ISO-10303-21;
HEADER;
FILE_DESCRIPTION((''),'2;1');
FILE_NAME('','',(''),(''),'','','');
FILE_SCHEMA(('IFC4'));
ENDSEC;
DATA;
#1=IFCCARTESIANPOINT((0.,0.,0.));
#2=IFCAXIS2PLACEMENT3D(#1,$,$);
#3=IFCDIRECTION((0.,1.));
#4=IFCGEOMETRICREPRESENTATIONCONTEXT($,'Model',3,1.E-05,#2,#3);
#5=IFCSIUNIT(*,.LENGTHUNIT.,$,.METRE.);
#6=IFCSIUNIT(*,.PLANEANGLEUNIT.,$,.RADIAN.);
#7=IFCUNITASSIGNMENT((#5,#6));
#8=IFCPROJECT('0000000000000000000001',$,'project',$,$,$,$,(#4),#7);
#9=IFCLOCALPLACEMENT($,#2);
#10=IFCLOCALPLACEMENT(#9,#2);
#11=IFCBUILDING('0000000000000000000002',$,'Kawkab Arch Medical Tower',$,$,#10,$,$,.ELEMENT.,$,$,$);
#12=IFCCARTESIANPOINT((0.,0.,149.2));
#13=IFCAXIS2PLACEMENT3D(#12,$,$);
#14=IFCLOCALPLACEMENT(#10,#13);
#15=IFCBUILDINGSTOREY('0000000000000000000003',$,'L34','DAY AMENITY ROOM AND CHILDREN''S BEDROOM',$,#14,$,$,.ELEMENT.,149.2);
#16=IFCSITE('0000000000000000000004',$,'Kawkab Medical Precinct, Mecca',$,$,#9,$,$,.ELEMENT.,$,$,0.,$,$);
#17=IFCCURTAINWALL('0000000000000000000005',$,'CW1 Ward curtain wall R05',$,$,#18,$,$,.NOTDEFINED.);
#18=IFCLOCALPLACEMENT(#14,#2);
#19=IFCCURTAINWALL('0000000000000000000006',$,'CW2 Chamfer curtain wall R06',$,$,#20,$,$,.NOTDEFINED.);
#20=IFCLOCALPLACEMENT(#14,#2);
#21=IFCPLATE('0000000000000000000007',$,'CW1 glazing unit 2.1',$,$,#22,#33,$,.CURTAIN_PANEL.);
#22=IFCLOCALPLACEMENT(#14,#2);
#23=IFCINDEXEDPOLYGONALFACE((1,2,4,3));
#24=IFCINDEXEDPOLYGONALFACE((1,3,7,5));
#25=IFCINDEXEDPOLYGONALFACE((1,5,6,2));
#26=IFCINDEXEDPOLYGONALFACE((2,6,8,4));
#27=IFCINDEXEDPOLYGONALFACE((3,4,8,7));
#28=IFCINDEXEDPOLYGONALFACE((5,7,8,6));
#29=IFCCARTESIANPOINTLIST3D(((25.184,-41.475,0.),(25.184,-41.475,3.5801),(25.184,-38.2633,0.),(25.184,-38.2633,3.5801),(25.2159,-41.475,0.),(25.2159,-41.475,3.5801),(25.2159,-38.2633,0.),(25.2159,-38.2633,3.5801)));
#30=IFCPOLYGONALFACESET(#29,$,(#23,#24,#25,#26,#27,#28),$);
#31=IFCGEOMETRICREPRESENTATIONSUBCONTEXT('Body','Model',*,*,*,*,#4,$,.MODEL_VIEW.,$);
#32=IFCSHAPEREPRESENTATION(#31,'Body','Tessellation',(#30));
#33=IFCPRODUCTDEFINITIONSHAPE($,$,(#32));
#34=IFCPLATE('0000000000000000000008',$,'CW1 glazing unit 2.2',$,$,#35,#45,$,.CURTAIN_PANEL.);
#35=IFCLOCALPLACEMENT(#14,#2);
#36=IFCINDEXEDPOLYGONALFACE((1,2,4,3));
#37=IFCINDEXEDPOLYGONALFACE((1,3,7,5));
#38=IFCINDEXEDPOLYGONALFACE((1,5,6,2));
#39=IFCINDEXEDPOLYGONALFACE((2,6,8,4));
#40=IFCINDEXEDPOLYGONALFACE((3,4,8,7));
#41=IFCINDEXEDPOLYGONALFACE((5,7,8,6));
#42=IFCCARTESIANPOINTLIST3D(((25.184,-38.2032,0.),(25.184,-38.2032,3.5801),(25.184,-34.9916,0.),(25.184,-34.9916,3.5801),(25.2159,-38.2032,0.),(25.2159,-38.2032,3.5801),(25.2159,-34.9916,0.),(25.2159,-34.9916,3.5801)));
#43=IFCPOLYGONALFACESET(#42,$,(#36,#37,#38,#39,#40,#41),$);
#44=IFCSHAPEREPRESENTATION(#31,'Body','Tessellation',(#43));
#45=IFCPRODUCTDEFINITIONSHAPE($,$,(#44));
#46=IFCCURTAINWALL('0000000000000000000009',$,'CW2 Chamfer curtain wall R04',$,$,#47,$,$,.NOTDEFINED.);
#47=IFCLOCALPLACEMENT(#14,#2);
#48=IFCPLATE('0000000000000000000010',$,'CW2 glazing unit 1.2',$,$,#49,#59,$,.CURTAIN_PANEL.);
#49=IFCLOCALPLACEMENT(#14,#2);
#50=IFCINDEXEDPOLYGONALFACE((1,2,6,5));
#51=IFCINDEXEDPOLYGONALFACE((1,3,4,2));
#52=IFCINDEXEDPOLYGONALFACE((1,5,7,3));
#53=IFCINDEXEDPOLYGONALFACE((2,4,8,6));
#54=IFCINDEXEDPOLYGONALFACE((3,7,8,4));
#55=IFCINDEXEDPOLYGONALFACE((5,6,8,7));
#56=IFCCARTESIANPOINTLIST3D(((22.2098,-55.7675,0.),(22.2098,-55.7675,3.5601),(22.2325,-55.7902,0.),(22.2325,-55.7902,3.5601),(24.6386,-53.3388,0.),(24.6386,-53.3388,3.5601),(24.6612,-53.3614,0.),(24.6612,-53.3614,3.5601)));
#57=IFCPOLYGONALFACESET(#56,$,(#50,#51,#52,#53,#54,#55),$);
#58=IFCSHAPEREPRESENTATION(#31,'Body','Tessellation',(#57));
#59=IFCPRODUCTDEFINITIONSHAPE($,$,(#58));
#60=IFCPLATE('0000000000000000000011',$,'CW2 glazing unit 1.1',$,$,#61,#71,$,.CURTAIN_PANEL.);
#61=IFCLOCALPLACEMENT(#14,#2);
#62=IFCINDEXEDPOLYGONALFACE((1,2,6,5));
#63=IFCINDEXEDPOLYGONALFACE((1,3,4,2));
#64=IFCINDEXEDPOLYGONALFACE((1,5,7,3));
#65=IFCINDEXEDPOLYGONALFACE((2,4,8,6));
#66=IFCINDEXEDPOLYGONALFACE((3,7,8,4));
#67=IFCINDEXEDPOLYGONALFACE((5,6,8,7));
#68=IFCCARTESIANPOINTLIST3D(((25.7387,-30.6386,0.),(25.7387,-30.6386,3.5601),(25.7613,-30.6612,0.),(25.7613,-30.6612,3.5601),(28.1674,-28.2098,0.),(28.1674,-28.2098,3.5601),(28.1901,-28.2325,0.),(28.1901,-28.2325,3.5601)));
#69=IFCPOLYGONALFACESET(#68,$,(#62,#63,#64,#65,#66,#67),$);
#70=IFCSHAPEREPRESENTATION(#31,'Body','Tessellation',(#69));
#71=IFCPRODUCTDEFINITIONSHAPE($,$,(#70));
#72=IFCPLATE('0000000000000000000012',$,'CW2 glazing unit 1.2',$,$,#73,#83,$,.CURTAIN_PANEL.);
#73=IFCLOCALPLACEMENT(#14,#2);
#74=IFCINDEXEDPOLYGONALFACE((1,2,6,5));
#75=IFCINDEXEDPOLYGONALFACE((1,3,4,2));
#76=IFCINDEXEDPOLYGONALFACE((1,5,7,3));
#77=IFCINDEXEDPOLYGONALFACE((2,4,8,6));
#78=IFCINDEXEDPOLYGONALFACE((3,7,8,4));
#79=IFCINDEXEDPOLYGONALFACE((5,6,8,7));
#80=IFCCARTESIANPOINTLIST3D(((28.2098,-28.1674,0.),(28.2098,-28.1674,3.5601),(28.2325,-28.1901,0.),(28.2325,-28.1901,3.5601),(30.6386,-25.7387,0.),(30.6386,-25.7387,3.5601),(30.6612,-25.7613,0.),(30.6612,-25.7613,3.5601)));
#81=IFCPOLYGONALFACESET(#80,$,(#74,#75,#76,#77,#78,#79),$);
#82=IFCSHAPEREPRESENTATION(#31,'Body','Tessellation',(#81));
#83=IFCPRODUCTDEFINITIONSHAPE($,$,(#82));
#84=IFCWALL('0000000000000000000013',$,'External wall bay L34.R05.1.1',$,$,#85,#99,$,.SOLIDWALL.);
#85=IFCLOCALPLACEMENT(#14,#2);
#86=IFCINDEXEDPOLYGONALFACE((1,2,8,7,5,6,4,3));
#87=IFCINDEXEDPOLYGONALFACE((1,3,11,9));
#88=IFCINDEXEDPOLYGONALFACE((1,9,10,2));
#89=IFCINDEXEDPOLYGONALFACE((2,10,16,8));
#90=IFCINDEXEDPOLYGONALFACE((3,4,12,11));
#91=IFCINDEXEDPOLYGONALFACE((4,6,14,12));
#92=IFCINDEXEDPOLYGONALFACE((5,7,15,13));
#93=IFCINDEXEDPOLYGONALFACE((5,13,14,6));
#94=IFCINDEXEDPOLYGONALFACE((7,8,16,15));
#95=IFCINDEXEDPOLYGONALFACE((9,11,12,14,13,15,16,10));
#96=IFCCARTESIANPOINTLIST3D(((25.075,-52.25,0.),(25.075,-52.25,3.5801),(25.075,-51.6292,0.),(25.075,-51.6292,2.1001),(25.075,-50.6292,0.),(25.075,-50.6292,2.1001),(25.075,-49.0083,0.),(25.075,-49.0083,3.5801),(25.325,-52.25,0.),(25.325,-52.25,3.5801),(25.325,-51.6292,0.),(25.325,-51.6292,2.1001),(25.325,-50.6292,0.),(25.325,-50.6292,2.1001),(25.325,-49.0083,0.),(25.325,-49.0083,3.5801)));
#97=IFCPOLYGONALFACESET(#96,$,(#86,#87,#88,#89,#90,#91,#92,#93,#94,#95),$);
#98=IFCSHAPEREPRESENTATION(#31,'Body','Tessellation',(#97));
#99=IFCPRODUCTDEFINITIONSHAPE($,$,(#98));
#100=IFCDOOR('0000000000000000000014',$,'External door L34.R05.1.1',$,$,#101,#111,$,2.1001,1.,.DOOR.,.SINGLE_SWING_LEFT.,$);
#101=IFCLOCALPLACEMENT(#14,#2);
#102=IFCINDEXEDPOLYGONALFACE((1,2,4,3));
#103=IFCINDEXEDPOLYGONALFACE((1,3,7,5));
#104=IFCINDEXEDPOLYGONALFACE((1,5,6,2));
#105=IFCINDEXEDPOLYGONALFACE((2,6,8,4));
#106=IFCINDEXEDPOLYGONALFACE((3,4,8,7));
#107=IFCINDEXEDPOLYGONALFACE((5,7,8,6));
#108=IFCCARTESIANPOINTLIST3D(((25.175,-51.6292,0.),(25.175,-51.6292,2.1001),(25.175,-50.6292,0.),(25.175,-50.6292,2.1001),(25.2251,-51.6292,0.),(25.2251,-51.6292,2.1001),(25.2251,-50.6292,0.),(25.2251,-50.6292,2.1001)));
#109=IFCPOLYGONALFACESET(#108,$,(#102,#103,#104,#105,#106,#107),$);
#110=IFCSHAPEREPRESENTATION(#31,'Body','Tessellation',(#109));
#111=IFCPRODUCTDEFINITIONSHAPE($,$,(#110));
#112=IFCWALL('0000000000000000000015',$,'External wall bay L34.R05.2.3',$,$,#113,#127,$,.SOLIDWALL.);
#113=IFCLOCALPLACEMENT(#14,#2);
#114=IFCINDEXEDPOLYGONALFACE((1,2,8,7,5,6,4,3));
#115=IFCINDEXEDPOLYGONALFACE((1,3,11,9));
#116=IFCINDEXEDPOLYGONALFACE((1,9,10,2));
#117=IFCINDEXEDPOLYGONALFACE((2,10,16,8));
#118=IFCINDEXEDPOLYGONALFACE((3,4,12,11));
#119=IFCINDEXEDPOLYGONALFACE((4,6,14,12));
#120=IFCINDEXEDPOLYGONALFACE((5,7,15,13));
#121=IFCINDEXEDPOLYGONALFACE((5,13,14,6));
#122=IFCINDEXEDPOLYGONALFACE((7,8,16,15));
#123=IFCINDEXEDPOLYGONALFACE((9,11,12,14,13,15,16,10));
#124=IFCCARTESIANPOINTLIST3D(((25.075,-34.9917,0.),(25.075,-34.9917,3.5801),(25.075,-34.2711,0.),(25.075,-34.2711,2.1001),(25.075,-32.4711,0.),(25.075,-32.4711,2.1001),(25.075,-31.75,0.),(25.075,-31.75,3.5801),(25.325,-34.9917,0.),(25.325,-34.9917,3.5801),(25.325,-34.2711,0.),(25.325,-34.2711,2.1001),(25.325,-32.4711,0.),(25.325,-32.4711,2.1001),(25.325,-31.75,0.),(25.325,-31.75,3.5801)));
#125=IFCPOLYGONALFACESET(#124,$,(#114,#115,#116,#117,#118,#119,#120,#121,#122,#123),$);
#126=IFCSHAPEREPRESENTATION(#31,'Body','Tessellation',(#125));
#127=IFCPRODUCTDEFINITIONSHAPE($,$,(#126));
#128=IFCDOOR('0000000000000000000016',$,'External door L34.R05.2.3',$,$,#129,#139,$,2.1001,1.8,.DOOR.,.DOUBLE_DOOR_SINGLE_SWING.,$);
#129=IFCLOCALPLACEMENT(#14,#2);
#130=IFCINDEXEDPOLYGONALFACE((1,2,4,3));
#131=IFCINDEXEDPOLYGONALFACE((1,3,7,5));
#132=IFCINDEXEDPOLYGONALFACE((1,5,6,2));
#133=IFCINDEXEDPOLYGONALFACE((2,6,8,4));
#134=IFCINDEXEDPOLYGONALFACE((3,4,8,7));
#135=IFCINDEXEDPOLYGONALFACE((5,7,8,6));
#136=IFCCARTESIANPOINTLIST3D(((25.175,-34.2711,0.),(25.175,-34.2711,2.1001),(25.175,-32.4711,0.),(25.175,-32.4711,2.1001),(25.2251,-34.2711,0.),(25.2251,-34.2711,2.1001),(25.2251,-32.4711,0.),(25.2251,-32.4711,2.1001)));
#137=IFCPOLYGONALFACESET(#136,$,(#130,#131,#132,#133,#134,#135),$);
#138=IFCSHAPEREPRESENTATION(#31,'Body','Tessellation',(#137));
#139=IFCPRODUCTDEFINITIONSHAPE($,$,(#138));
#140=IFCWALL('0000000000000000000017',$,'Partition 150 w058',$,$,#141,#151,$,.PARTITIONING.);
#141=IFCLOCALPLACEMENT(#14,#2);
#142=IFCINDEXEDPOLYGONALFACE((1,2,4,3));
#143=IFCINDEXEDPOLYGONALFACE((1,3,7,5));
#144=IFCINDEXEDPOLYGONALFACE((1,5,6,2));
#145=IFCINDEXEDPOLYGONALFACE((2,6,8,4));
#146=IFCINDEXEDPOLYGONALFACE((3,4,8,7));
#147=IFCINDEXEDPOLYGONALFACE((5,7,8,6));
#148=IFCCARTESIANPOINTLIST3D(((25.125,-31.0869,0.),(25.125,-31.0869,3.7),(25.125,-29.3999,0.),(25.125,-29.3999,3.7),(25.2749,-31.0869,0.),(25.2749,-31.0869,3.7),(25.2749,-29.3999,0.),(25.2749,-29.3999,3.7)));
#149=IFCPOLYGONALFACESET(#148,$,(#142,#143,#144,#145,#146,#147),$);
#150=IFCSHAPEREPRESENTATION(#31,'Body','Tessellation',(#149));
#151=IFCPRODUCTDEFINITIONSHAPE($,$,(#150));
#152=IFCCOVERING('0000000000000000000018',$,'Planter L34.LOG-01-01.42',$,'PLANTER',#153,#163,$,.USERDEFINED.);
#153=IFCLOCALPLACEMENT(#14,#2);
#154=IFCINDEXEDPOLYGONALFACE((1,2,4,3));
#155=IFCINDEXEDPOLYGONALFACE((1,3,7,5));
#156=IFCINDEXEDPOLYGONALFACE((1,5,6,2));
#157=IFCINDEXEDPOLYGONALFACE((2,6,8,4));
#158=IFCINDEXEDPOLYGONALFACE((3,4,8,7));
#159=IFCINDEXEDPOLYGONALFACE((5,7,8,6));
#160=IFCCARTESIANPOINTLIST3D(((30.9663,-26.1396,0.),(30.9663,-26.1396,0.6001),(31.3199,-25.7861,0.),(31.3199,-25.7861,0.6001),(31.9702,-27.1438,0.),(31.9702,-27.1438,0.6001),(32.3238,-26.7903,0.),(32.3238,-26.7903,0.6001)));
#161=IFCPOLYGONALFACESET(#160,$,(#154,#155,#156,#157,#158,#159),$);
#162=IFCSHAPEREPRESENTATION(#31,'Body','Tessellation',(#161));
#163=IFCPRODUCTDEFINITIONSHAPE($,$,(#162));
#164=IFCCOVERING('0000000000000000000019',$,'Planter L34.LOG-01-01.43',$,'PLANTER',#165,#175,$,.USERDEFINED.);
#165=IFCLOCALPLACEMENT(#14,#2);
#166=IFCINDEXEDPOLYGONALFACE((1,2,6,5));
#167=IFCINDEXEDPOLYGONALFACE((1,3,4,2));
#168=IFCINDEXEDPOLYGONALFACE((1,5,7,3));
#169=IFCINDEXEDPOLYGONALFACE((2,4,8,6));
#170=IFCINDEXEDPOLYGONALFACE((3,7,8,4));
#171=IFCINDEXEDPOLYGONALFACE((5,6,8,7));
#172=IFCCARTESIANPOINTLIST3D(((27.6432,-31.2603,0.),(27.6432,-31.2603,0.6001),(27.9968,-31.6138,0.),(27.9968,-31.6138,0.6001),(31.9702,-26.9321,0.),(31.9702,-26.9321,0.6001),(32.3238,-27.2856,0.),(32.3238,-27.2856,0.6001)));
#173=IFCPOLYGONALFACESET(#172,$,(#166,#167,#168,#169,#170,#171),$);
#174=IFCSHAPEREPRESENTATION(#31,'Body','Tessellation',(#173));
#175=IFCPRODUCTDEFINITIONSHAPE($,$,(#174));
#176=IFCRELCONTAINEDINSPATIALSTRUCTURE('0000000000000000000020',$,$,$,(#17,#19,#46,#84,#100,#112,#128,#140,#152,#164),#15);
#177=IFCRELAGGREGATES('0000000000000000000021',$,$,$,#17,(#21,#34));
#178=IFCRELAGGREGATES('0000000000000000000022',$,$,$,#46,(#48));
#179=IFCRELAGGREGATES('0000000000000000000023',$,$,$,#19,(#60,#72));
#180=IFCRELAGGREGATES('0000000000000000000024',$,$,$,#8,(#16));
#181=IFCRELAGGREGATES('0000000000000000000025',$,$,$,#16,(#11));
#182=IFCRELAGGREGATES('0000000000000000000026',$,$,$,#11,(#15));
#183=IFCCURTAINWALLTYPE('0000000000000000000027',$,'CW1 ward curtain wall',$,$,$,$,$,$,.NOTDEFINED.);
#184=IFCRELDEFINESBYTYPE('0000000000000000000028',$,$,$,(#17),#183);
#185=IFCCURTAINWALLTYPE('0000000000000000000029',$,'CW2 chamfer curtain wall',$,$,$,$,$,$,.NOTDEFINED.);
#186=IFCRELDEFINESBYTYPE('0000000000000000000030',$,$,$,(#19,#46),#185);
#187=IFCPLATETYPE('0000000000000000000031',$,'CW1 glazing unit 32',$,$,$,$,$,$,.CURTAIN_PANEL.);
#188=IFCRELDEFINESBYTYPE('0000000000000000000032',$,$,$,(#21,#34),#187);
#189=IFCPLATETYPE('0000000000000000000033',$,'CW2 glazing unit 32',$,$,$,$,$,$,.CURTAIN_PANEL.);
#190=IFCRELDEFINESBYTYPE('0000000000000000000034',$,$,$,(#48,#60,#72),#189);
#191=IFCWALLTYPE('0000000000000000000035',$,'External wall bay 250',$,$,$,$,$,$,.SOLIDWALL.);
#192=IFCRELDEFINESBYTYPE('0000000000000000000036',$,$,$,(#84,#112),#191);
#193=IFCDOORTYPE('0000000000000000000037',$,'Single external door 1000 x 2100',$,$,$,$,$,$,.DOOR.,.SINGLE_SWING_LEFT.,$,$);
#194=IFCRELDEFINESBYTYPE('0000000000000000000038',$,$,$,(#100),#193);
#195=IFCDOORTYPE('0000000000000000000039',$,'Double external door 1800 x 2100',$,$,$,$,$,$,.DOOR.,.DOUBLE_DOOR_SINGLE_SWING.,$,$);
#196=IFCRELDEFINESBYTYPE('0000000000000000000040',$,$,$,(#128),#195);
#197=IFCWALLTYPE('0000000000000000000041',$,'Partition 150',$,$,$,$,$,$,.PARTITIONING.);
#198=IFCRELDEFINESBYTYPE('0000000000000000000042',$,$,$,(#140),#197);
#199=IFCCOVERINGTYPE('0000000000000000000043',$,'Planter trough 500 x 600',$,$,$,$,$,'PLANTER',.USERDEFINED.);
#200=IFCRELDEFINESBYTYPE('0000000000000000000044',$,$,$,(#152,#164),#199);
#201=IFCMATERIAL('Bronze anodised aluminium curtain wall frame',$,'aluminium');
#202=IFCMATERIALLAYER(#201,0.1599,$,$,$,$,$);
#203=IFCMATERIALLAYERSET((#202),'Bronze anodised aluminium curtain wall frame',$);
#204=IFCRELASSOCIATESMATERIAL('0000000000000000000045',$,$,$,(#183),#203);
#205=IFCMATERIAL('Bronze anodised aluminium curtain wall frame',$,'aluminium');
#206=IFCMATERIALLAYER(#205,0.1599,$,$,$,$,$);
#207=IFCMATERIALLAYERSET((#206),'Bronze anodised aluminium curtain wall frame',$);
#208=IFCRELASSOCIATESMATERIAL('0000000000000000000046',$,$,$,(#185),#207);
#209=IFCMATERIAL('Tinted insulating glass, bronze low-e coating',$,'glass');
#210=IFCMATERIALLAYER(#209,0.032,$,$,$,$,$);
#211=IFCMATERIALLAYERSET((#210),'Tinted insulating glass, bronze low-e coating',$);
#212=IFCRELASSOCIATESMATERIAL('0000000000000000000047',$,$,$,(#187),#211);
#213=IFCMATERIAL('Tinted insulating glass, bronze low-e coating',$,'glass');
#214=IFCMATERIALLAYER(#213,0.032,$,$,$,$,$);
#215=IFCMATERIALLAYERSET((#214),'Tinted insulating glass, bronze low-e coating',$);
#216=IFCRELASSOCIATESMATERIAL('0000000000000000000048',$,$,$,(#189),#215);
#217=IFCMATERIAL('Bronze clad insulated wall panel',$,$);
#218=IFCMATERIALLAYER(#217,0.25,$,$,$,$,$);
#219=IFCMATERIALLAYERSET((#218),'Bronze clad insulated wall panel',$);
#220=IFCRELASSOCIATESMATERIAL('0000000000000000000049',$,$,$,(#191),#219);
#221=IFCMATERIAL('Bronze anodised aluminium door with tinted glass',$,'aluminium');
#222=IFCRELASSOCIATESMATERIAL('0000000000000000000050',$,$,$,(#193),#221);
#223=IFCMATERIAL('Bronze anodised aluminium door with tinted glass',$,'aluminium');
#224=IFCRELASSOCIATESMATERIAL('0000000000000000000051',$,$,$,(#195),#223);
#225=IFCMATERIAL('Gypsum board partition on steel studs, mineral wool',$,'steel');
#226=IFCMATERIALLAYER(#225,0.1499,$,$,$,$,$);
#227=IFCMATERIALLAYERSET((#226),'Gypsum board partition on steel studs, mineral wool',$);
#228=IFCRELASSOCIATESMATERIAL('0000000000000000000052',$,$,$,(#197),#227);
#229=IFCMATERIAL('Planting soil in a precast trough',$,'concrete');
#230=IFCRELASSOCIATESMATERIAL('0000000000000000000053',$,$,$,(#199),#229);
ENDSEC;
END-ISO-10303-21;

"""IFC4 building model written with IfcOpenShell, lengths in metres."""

from ifc_helpers import new_model, si_unit, direction, frame, frame_2d, origin, origin_2d, place, context, subcontext, project, spatial, rectangle, extrude, material, layer, layer_set, material_profile, profile_set, type_object, element, fill, aggregate, save


model = new_model("IFC4")

# Units and contexts
model_context = context("Model", 3, precision=1e-05, world=origin(), true_north=direction((0.0, 1.0)))
body_context = subcontext(model_context, "Body", "Model", "MODEL_VIEW")
ifc_project = project(units=[si_unit("LENGTHUNIT", "METRE"), si_unit("PLANEANGLEUNIT", "RADIAN")], contexts=[model_context])

# Site, building, storey
site_placement = place(None, origin())
site = spatial("IfcSite", under=ifc_project, at=site_placement, Name="Kawkab Medical Precinct, Mecca", CompositionType="ELEMENT", RefElevation=0.0)
building_placement = place(site_placement, origin())
building = spatial("IfcBuilding", under=site, at=building_placement, Name="Kawkab Arch Medical Tower", CompositionType="ELEMENT")
storey_placement = place(building_placement, frame((0.0, 0.0, 149.2)))
storey = spatial("IfcBuildingStorey", under=building, at=storey_placement, Name="L34", Description="DAY AMENITY ROOM AND CHILDREN'S BEDROOM", CompositionType="ELEMENT", Elevation=149.2)

# Curtain walls
ifc_material_1 = material(Name="Bronze anodised aluminium curtain wall frame", Category="aluminium")
ifc_layer_1 = layer(ifc_material_1, 0.1599)
ifc_layer_set_1 = layer_set([ifc_layer_1], Name="Bronze anodised aluminium curtain wall frame")
curtain_wall_type_1 = type_object("IfcCurtainWallType", Name="CW1 ward curtain wall", PredefinedType="NOTDEFINED", material=ifc_layer_set_1)
placement = place(storey_placement, origin())
curtain_wall_1 = element("IfcCurtainWall", 1, at=placement, inside=storey, type_object=curtain_wall_type_1, Name="CW1 Ward curtain wall R05", PredefinedType="NOTDEFINED")
ifc_material_2 = material(Name="Bronze anodised aluminium curtain wall frame", Category="aluminium")
ifc_layer_2 = layer(ifc_material_2, 0.1599)
ifc_layer_set_2 = layer_set([ifc_layer_2], Name="Bronze anodised aluminium curtain wall frame")
curtain_wall_type_2 = type_object("IfcCurtainWallType", Name="CW2 chamfer curtain wall", PredefinedType="NOTDEFINED", material=ifc_layer_set_2)
curtain_wall_2 = element("IfcCurtainWall", 2, at=placement, inside=storey, type_object=curtain_wall_type_2, Name="CW2 Chamfer curtain wall R06", PredefinedType="NOTDEFINED")

# Plates
ifc_material_3 = material(Name="Tinted insulating glass, bronze low-e coating", Category="glass")
ifc_layer_3 = layer(ifc_material_3, 0.032)
ifc_layer_set_3 = layer_set([ifc_layer_3], Name="Tinted insulating glass, bronze low-e coating")
plate_type_1 = type_object("IfcPlateType", Name="CW1 glazing unit 32", PredefinedType="CURTAIN_PANEL", material=ifc_layer_set_3)
plate_1_placement = place(storey_placement, frame((25.2, -39.8691, 0.0), z_axis=(0.0, 0.0, 1.0), x_axis=(0.0, 1.0, 0.0)))
plate_1 = element("IfcPlate", 3, at=plate_1_placement, type_object=plate_type_1, Name="CW1 glazing unit 2.1", PredefinedType="CURTAIN_PANEL", context=body_context, shape_type="SweptSolid", body=[
    extrude(rectangle(XDim=3.2117, YDim=0.032, at=origin_2d()), origin(), (0.0, 0.0, 1.0), 3.5801),
])
plate_2_placement = place(storey_placement, frame((25.2, -36.5974, 0.0), z_axis=(0.0, 0.0, 1.0), x_axis=(0.0, 1.0, 0.0)))
plate_2 = element("IfcPlate", 4, at=plate_2_placement, type_object=plate_type_1, Name="CW1 glazing unit 2.2", PredefinedType="CURTAIN_PANEL", context=body_context, shape_type="SweptSolid", body=[
    extrude(rectangle(XDim=3.2117, YDim=0.032, at=origin_2d()), origin(), (0.0, 0.0, 1.0), 3.5801),
])
aggregate(curtain_wall_1, [plate_1, plate_2])

# Curtain wall, plate
curtain_wall_3 = element("IfcCurtainWall", 5, at=placement, inside=storey, type_object=curtain_wall_type_2, Name="CW2 Chamfer curtain wall R04", PredefinedType="NOTDEFINED")
ifc_material_4 = material(Name="Tinted insulating glass, bronze low-e coating", Category="glass")
ifc_layer_4 = layer(ifc_material_4, 0.032)
ifc_layer_set_4 = layer_set([ifc_layer_4], Name="Tinted insulating glass, bronze low-e coating")
plate_type_2 = type_object("IfcPlateType", Name="CW2 glazing unit 32", PredefinedType="CURTAIN_PANEL", material=ifc_layer_set_4)
plate_3_placement = place(storey_placement, frame((23.4355, -54.5645, 0.0), z_axis=(0.0, 0.0, 1.0), x_axis=(0.707107, 0.707107, 0.0)))
plate_3 = element("IfcPlate", 6, at=plate_3_placement, type_object=plate_type_2, Name="CW2 glazing unit 1.2", PredefinedType="CURTAIN_PANEL", context=body_context, shape_type="SweptSolid", body=[
    extrude(rectangle(XDim=3.4348, YDim=0.032, at=origin_2d()), origin(), (0.0, 0.0, 1.0), 3.5601),
])
aggregate(curtain_wall_3, [plate_3])

# Plates
plate_4_placement = place(storey_placement, frame((26.9644, -29.4355, 0.0), z_axis=(0.0, 0.0, 1.0), x_axis=(0.707107, 0.707107, 0.0)))
plate_4 = element("IfcPlate", 7, at=plate_4_placement, type_object=plate_type_2, Name="CW2 glazing unit 1.1", PredefinedType="CURTAIN_PANEL", context=body_context, shape_type="SweptSolid", body=[
    extrude(rectangle(XDim=3.4348, YDim=0.032, at=origin_2d()), origin(), (0.0, 0.0, 1.0), 3.5601),
])
plate_5_placement = place(storey_placement, frame((29.4355, -26.9644, 0.0), z_axis=(0.0, 0.0, 1.0), x_axis=(0.707107, 0.707107, 0.0)))
plate_5 = element("IfcPlate", 8, at=plate_5_placement, type_object=plate_type_2, Name="CW2 glazing unit 1.2", PredefinedType="CURTAIN_PANEL", context=body_context, shape_type="SweptSolid", body=[
    extrude(rectangle(XDim=3.4348, YDim=0.032, at=origin_2d()), origin(), (0.0, 0.0, 1.0), 3.5601),
])
aggregate(curtain_wall_2, [plate_4, plate_5])

# Walls, openings, doors
ifc_material_5 = material(Name="Bronze clad insulated wall panel")
ifc_layer_5 = layer(ifc_material_5, 0.25)
ifc_layer_set_5 = layer_set([ifc_layer_5], Name="Bronze clad insulated wall panel")
wall_type_1 = type_object("IfcWallType", Name="External wall bay 250", PredefinedType="SOLIDWALL", material=ifc_layer_set_5)
wall_1_placement = place(storey_placement, frame((25.2, -52.25, 0.0), z_axis=(0.0, 0.0, 1.0), x_axis=(0.0, 1.0, 0.0)))
wall_1 = element("IfcWall", 9, at=wall_1_placement, inside=storey, type_object=wall_type_1, Name="External wall bay L34.R05.1.1", PredefinedType="SOLIDWALL", context=body_context, shape_type="SweptSolid", body=[
    extrude(rectangle(XDim=3.2417, YDim=0.25, at=frame_2d((1.6208, 0.0))), origin(), (0.0, 0.0, 1.0), 3.5801),
])
opening_1_placement = place(wall_1_placement, frame((0.6208, 0.0, 0.0)))
opening_1 = element("IfcOpeningElement", 10, at=opening_1_placement, cuts=wall_1, PredefinedType="OPENING", context=body_context, shape_type="SweptSolid", body=[
    extrude(rectangle(XDim=1.0, YDim=2.1001, at=frame_2d((0.5, 1.05))), frame((0.0, 0.135, 0.0), z_axis=(0.0, -1.0, 0.0), x_axis=(1.0, 0.0, 0.0)), (0.0, 0.0, 1.0), 0.27),
])
ifc_material_6 = material(Name="Bronze anodised aluminium door with tinted glass", Category="aluminium")
door_type_1 = type_object("IfcDoorType", Name="Single external door 1000 x 2100", OperationType="SINGLE_SWING_LEFT", PredefinedType="DOOR", material=ifc_material_6)
door_1_placement = place(opening_1_placement, origin())
door_1 = element("IfcDoor", 11, at=door_1_placement, inside=storey, type_object=door_type_1, Name="External door L34.R05.1.1", OperationType="SINGLE_SWING_LEFT", OverallHeight=2.1001, OverallWidth=1.0, PredefinedType="DOOR", context=body_context, shape_type="SweptSolid", body=[
    extrude(rectangle(XDim=1.0, YDim=2.1001, at=frame_2d((0.5, 1.05))), frame((0.0, 0.0249, 0.0), z_axis=(0.0, -1.0, 0.0), x_axis=(1.0, 0.0, 0.0)), (0.0, 0.0, 1.0), 0.05),
])
fill(opening_1, door_1)
wall_2_placement = place(storey_placement, frame((25.2, -34.9917, 0.0), z_axis=(0.0, 0.0, 1.0), x_axis=(0.0, 1.0, 0.0)))
wall_2 = element("IfcWall", 12, at=wall_2_placement, inside=storey, type_object=wall_type_1, Name="External wall bay L34.R05.2.3", PredefinedType="SOLIDWALL", context=body_context, shape_type="SweptSolid", body=[
    extrude(rectangle(XDim=3.2417, YDim=0.25, at=frame_2d((1.6208, 0.0))), origin(), (0.0, 0.0, 1.0), 3.5801),
])
opening_2_placement = place(wall_2_placement, frame((0.7207, 0.0, 0.0)))
opening_2 = element("IfcOpeningElement", 13, at=opening_2_placement, cuts=wall_2, PredefinedType="OPENING", context=body_context, shape_type="SweptSolid", body=[
    extrude(rectangle(XDim=1.8, YDim=2.1001, at=frame_2d((0.8999, 1.05))), frame((0.0, 0.135, 0.0), z_axis=(0.0, -1.0, 0.0), x_axis=(1.0, 0.0, 0.0)), (0.0, 0.0, 1.0), 0.27),
])
ifc_material_7 = material(Name="Bronze anodised aluminium door with tinted glass", Category="aluminium")
door_type_2 = type_object("IfcDoorType", Name="Double external door 1800 x 2100", OperationType="DOUBLE_DOOR_SINGLE_SWING", PredefinedType="DOOR", material=ifc_material_7)
door_2_placement = place(opening_2_placement, origin())
door_2 = element("IfcDoor", 14, at=door_2_placement, inside=storey, type_object=door_type_2, Name="External door L34.R05.2.3", OperationType="DOUBLE_DOOR_SINGLE_SWING", OverallHeight=2.1001, OverallWidth=1.8, PredefinedType="DOOR", context=body_context, shape_type="SweptSolid", body=[
    extrude(rectangle(XDim=1.8, YDim=2.1001, at=frame_2d((0.8999, 1.05))), frame((0.0, 0.0249, 0.0), z_axis=(0.0, -1.0, 0.0), x_axis=(1.0, 0.0, 0.0)), (0.0, 0.0, 1.0), 0.05),
])
fill(opening_2, door_2)

# Wall
ifc_material_8 = material(Name="Gypsum board partition on steel studs, mineral wool", Category="steel")
ifc_layer_6 = layer(ifc_material_8, 0.1499)
ifc_layer_set_6 = layer_set([ifc_layer_6], Name="Gypsum board partition on steel studs, mineral wool")
wall_type_2 = type_object("IfcWallType", Name="Partition 150", PredefinedType="PARTITIONING", material=ifc_layer_set_6)
wall_3_placement = place(storey_placement, frame((25.2, -31.0869, 0.0), z_axis=(0.0, 0.0, 1.0), x_axis=(0.0, 1.0, 0.0)))
element("IfcWall", 15, at=wall_3_placement, inside=storey, type_object=wall_type_2, Name="Partition 150 w058", PredefinedType="PARTITIONING", context=body_context, shape_type="SweptSolid", body=[
    extrude(rectangle(XDim=1.687, YDim=0.1499, at=frame_2d((0.8435, 0.0))), origin(), (0.0, 0.0, 1.0), 3.7),
])

# Coverings
ifc_material_9 = material(Name="Planting soil in a precast trough", Category="concrete")
ifc_material_profile_1 = material_profile(ifc_material_9, rectangle(XDim=0.5, YDim=0.6001, at=origin_2d()), Name="Trough 500x600")
ifc_profile_set_1 = profile_set([ifc_material_profile_1], Name="Planting soil in a precast trough")
covering_type = type_object("IfcCoveringType", Name="Planter trough 500 x 600", ElementType="PLANTER", PredefinedType="USERDEFINED", material=ifc_profile_set_1)
covering_1_placement = place(storey_placement, frame((31.1431, -25.9629, 0.3), z_axis=(0.707021, -0.707193, 0.0), x_axis=(0.707193, 0.707021, 0.0)))
element("IfcCovering", 16, at=covering_1_placement, inside=storey, type_object=covering_type, Name="Planter L34.LOG-01-01.42", ObjectType="PLANTER", PredefinedType="USERDEFINED", context=body_context, shape_type="SweptSolid", body=[
    extrude(rectangle(XDim=0.5, YDim=0.6001, at=origin_2d()), origin(), (0.0, 0.0, 1.0), 1.4199),
])
covering_2_placement = place(storey_placement, frame((32.147, -27.1089, 0.3), z_axis=(-0.707007, -0.707207, 0.0), x_axis=(0.707207, -0.707007, 0.0)))
element("IfcCovering", 17, at=covering_2_placement, inside=storey, type_object=covering_type, Name="Planter L34.LOG-01-01.43", ObjectType="PLANTER", PredefinedType="USERDEFINED", context=body_context, shape_type="SweptSolid", body=[
    extrude(rectangle(XDim=0.5, YDim=0.6001, at=origin_2d()), origin(), (0.0, 0.0, 1.0), 6.1201),
])

save(model, "model.ifc")
